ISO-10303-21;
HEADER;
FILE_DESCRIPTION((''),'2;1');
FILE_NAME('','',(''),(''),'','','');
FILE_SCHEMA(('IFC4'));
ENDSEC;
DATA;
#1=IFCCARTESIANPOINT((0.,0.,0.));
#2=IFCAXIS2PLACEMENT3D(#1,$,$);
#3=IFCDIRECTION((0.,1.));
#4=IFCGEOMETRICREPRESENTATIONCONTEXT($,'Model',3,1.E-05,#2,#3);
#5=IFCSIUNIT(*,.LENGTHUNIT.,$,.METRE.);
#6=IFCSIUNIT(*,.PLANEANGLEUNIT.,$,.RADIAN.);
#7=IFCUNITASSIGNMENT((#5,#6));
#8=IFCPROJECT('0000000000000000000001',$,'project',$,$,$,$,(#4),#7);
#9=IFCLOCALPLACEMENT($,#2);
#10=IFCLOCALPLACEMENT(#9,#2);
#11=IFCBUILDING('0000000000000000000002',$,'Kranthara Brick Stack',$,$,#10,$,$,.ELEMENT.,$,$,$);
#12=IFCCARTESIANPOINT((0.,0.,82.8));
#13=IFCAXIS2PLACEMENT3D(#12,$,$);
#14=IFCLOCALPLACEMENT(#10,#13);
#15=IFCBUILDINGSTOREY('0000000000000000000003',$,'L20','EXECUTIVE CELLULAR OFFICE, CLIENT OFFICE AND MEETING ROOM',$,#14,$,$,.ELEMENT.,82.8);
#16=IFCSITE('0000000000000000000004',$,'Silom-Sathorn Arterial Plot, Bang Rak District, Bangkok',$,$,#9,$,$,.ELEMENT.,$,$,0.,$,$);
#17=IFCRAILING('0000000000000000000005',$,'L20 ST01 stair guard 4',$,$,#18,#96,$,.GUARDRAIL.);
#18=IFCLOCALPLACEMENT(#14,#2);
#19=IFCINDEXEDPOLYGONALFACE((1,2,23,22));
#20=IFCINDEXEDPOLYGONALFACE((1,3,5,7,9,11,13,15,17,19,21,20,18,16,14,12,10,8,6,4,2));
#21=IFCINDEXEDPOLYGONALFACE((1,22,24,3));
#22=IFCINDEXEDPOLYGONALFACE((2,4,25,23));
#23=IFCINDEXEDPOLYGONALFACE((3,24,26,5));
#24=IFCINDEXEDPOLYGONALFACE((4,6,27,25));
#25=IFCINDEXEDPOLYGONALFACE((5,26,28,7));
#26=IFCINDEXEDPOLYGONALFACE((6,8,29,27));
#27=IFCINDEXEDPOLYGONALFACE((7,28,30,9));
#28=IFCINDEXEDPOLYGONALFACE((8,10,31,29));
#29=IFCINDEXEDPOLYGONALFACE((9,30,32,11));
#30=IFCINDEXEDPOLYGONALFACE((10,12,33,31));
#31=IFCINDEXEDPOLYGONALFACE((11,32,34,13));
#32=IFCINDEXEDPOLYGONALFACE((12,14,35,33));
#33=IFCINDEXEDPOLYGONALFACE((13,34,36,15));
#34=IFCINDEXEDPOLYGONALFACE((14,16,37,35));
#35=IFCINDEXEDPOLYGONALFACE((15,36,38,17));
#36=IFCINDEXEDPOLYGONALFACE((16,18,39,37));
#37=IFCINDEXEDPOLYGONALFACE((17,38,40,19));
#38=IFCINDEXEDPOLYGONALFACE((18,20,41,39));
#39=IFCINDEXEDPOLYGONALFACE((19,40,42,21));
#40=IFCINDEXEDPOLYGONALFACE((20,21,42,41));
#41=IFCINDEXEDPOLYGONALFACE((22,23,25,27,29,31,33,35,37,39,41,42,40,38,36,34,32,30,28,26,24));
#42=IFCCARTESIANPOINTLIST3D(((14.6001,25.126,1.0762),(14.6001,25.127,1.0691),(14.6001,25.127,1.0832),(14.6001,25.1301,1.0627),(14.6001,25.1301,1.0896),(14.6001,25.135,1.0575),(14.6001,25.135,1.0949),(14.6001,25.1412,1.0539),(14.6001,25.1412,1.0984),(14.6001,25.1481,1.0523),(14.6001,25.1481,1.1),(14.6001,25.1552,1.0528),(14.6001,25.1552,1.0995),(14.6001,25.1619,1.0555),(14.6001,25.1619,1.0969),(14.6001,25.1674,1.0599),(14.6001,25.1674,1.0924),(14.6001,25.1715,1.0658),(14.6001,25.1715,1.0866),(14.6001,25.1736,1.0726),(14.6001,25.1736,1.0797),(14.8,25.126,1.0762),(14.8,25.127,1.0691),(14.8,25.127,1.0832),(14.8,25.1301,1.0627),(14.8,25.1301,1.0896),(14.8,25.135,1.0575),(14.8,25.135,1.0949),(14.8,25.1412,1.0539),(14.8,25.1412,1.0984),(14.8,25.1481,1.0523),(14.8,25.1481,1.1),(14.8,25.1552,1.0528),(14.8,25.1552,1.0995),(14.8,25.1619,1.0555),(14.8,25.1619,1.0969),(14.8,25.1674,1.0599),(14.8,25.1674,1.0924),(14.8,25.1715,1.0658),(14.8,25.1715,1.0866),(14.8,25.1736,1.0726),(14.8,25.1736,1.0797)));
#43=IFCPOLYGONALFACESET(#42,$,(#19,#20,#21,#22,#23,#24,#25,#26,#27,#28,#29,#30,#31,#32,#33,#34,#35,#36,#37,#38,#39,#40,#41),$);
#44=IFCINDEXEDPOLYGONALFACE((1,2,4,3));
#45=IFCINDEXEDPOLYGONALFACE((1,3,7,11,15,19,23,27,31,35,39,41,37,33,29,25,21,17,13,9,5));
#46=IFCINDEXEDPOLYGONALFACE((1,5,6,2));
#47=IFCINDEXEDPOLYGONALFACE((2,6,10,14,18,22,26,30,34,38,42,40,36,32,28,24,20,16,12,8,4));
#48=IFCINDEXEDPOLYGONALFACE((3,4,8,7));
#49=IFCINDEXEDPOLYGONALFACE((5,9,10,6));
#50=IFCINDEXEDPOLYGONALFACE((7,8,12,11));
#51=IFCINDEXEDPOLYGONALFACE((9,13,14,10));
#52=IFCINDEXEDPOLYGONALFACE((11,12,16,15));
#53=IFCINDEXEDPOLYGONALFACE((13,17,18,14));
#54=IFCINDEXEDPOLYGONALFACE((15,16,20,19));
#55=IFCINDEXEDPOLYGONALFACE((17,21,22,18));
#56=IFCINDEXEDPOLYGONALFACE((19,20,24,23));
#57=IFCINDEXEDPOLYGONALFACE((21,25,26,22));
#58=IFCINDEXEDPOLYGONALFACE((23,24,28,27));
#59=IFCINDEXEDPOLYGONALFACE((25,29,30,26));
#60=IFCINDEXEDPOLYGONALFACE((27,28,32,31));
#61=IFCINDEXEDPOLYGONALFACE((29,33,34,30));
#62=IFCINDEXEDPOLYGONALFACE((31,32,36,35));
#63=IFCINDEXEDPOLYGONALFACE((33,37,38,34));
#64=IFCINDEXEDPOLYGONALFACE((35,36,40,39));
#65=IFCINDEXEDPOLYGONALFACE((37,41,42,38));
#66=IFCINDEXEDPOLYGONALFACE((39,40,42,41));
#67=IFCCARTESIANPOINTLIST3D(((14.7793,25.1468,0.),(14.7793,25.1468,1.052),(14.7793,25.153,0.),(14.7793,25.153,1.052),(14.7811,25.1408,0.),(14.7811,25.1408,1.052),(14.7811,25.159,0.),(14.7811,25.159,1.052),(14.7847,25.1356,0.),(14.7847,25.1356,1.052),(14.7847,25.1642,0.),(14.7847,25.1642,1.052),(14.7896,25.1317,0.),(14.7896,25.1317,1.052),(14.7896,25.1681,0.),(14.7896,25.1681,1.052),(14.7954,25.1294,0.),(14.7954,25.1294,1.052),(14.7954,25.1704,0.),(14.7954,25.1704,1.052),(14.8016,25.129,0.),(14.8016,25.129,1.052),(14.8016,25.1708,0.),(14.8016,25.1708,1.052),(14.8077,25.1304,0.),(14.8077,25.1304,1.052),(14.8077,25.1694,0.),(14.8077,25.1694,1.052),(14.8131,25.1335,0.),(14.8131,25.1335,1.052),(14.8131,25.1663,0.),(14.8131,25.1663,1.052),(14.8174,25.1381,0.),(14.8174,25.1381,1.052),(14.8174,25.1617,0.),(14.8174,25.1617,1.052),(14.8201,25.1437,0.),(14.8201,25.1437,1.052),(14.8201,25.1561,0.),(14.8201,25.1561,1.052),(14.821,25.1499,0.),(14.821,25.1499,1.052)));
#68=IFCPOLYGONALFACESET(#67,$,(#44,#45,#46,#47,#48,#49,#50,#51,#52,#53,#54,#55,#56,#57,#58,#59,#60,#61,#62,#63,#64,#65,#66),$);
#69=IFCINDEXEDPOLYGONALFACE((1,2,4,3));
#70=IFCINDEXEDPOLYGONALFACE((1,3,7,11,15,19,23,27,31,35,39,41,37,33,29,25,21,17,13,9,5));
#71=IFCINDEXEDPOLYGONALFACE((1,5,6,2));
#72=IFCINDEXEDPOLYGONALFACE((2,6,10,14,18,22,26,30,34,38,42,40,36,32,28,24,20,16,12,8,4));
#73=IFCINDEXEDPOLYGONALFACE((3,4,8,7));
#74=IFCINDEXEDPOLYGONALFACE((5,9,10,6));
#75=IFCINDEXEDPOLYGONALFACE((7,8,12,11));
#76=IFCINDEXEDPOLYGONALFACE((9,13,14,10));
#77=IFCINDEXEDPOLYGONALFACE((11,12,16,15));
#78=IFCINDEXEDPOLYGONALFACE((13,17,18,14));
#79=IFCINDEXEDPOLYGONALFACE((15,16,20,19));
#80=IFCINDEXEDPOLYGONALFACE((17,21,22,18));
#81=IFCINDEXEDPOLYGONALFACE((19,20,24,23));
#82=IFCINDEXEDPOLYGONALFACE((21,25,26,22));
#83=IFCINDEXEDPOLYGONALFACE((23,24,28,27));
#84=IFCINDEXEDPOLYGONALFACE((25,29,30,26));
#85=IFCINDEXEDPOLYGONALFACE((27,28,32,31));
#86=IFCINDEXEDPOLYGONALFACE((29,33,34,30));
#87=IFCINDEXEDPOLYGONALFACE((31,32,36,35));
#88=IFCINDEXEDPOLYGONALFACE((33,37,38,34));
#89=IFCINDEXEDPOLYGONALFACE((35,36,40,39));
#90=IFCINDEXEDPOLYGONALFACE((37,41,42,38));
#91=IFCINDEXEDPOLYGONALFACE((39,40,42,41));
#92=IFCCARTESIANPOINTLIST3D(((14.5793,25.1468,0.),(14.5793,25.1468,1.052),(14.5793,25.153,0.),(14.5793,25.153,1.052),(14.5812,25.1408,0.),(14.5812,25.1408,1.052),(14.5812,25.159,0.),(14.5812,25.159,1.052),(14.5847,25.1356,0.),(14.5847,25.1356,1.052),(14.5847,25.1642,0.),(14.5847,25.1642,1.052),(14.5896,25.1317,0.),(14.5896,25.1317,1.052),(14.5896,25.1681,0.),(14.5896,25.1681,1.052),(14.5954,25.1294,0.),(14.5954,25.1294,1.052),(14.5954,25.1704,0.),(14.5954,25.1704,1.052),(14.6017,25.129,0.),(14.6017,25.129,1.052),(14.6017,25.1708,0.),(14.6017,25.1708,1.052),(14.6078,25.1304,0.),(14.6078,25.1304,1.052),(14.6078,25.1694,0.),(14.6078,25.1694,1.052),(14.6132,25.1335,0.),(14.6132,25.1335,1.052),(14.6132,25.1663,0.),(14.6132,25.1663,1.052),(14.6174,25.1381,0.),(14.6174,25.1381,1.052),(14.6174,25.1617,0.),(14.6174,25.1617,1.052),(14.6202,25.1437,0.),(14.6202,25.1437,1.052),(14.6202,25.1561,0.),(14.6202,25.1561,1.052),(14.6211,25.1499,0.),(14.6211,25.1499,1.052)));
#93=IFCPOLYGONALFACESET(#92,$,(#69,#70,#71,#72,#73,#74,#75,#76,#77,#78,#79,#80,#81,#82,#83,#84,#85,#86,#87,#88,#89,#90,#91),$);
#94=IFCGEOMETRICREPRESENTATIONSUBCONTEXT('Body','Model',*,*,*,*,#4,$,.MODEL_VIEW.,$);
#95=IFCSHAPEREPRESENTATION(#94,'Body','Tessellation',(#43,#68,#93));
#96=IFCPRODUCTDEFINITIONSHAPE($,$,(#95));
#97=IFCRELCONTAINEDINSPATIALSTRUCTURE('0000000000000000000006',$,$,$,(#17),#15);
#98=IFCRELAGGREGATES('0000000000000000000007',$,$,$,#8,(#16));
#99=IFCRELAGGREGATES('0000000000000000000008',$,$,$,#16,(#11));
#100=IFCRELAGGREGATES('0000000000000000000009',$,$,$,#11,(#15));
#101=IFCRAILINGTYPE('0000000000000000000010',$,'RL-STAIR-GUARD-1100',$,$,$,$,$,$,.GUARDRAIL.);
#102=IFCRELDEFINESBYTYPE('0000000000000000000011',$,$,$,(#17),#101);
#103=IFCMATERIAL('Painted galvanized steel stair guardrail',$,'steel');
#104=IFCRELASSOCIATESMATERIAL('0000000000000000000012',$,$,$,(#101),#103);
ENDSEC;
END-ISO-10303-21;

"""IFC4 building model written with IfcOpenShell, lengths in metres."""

from ifc_helpers import new_model, si_unit, direction, frame, origin, origin_2d, place, context, subcontext, project, spatial, circle, extrude, material, type_object, element, save


model = new_model("IFC4")

# Units and contexts
model_context = context("Model", 3, precision=1e-05, world=origin(), true_north=direction((0.0, 1.0)))
body_context = subcontext(model_context, "Body", "Model", "MODEL_VIEW")
ifc_project = project(units=[si_unit("LENGTHUNIT", "METRE"), si_unit("PLANEANGLEUNIT", "RADIAN")], contexts=[model_context])

# Site, building, storey
site_placement = place(None, origin())
site = spatial("IfcSite", under=ifc_project, at=site_placement, Name="Silom-Sathorn Arterial Plot, Bang Rak District, Bangkok", CompositionType="ELEMENT", RefElevation=0.0)
building_placement = place(site_placement, origin())
building = spatial("IfcBuilding", under=site, at=building_placement, Name="Kranthara Brick Stack", CompositionType="ELEMENT")
storey_placement = place(building_placement, frame((0.0, 0.0, 82.8)))
storey = spatial("IfcBuildingStorey", under=building, at=storey_placement, Name="L20", Description="EXECUTIVE CELLULAR OFFICE, CLIENT OFFICE AND MEETING ROOM", CompositionType="ELEMENT", Elevation=82.8)

# Railing
ifc_material_1 = material(Name="Painted galvanized steel stair guardrail", Category="steel")
railing_type_1 = type_object("IfcRailingType", Name="RL-STAIR-GUARD-1100", PredefinedType="GUARDRAIL", material=ifc_material_1)
railing_1_placement = place(storey_placement, frame((14.8, 25.1499, 0.0)))
element("IfcRailing", 1, at=railing_1_placement, inside=storey, type_object=railing_type_1, Name="L20 ST01 stair guard 4", PredefinedType="GUARDRAIL", context=body_context, shape_type="SweptSolid", body=[
    extrude(circle(Radius=0.0239, at=origin_2d()), frame((0.0, 0.0, 1.0762), z_axis=(-1.0, 0.0, 0.0), x_axis=(0.0, -1.0, 0.0)), (0.0, 0.0, 1.0), 0.2),
    extrude(circle(Radius=0.021, at=origin_2d()), origin(), (0.0, 0.0, 1.0), 1.052),
    extrude(circle(Radius=0.021, at=origin_2d()), frame((-0.2, 0.0, 0.0)), (0.0, 0.0, 1.0), 1.052),
])

save(model, "model.ifc")
